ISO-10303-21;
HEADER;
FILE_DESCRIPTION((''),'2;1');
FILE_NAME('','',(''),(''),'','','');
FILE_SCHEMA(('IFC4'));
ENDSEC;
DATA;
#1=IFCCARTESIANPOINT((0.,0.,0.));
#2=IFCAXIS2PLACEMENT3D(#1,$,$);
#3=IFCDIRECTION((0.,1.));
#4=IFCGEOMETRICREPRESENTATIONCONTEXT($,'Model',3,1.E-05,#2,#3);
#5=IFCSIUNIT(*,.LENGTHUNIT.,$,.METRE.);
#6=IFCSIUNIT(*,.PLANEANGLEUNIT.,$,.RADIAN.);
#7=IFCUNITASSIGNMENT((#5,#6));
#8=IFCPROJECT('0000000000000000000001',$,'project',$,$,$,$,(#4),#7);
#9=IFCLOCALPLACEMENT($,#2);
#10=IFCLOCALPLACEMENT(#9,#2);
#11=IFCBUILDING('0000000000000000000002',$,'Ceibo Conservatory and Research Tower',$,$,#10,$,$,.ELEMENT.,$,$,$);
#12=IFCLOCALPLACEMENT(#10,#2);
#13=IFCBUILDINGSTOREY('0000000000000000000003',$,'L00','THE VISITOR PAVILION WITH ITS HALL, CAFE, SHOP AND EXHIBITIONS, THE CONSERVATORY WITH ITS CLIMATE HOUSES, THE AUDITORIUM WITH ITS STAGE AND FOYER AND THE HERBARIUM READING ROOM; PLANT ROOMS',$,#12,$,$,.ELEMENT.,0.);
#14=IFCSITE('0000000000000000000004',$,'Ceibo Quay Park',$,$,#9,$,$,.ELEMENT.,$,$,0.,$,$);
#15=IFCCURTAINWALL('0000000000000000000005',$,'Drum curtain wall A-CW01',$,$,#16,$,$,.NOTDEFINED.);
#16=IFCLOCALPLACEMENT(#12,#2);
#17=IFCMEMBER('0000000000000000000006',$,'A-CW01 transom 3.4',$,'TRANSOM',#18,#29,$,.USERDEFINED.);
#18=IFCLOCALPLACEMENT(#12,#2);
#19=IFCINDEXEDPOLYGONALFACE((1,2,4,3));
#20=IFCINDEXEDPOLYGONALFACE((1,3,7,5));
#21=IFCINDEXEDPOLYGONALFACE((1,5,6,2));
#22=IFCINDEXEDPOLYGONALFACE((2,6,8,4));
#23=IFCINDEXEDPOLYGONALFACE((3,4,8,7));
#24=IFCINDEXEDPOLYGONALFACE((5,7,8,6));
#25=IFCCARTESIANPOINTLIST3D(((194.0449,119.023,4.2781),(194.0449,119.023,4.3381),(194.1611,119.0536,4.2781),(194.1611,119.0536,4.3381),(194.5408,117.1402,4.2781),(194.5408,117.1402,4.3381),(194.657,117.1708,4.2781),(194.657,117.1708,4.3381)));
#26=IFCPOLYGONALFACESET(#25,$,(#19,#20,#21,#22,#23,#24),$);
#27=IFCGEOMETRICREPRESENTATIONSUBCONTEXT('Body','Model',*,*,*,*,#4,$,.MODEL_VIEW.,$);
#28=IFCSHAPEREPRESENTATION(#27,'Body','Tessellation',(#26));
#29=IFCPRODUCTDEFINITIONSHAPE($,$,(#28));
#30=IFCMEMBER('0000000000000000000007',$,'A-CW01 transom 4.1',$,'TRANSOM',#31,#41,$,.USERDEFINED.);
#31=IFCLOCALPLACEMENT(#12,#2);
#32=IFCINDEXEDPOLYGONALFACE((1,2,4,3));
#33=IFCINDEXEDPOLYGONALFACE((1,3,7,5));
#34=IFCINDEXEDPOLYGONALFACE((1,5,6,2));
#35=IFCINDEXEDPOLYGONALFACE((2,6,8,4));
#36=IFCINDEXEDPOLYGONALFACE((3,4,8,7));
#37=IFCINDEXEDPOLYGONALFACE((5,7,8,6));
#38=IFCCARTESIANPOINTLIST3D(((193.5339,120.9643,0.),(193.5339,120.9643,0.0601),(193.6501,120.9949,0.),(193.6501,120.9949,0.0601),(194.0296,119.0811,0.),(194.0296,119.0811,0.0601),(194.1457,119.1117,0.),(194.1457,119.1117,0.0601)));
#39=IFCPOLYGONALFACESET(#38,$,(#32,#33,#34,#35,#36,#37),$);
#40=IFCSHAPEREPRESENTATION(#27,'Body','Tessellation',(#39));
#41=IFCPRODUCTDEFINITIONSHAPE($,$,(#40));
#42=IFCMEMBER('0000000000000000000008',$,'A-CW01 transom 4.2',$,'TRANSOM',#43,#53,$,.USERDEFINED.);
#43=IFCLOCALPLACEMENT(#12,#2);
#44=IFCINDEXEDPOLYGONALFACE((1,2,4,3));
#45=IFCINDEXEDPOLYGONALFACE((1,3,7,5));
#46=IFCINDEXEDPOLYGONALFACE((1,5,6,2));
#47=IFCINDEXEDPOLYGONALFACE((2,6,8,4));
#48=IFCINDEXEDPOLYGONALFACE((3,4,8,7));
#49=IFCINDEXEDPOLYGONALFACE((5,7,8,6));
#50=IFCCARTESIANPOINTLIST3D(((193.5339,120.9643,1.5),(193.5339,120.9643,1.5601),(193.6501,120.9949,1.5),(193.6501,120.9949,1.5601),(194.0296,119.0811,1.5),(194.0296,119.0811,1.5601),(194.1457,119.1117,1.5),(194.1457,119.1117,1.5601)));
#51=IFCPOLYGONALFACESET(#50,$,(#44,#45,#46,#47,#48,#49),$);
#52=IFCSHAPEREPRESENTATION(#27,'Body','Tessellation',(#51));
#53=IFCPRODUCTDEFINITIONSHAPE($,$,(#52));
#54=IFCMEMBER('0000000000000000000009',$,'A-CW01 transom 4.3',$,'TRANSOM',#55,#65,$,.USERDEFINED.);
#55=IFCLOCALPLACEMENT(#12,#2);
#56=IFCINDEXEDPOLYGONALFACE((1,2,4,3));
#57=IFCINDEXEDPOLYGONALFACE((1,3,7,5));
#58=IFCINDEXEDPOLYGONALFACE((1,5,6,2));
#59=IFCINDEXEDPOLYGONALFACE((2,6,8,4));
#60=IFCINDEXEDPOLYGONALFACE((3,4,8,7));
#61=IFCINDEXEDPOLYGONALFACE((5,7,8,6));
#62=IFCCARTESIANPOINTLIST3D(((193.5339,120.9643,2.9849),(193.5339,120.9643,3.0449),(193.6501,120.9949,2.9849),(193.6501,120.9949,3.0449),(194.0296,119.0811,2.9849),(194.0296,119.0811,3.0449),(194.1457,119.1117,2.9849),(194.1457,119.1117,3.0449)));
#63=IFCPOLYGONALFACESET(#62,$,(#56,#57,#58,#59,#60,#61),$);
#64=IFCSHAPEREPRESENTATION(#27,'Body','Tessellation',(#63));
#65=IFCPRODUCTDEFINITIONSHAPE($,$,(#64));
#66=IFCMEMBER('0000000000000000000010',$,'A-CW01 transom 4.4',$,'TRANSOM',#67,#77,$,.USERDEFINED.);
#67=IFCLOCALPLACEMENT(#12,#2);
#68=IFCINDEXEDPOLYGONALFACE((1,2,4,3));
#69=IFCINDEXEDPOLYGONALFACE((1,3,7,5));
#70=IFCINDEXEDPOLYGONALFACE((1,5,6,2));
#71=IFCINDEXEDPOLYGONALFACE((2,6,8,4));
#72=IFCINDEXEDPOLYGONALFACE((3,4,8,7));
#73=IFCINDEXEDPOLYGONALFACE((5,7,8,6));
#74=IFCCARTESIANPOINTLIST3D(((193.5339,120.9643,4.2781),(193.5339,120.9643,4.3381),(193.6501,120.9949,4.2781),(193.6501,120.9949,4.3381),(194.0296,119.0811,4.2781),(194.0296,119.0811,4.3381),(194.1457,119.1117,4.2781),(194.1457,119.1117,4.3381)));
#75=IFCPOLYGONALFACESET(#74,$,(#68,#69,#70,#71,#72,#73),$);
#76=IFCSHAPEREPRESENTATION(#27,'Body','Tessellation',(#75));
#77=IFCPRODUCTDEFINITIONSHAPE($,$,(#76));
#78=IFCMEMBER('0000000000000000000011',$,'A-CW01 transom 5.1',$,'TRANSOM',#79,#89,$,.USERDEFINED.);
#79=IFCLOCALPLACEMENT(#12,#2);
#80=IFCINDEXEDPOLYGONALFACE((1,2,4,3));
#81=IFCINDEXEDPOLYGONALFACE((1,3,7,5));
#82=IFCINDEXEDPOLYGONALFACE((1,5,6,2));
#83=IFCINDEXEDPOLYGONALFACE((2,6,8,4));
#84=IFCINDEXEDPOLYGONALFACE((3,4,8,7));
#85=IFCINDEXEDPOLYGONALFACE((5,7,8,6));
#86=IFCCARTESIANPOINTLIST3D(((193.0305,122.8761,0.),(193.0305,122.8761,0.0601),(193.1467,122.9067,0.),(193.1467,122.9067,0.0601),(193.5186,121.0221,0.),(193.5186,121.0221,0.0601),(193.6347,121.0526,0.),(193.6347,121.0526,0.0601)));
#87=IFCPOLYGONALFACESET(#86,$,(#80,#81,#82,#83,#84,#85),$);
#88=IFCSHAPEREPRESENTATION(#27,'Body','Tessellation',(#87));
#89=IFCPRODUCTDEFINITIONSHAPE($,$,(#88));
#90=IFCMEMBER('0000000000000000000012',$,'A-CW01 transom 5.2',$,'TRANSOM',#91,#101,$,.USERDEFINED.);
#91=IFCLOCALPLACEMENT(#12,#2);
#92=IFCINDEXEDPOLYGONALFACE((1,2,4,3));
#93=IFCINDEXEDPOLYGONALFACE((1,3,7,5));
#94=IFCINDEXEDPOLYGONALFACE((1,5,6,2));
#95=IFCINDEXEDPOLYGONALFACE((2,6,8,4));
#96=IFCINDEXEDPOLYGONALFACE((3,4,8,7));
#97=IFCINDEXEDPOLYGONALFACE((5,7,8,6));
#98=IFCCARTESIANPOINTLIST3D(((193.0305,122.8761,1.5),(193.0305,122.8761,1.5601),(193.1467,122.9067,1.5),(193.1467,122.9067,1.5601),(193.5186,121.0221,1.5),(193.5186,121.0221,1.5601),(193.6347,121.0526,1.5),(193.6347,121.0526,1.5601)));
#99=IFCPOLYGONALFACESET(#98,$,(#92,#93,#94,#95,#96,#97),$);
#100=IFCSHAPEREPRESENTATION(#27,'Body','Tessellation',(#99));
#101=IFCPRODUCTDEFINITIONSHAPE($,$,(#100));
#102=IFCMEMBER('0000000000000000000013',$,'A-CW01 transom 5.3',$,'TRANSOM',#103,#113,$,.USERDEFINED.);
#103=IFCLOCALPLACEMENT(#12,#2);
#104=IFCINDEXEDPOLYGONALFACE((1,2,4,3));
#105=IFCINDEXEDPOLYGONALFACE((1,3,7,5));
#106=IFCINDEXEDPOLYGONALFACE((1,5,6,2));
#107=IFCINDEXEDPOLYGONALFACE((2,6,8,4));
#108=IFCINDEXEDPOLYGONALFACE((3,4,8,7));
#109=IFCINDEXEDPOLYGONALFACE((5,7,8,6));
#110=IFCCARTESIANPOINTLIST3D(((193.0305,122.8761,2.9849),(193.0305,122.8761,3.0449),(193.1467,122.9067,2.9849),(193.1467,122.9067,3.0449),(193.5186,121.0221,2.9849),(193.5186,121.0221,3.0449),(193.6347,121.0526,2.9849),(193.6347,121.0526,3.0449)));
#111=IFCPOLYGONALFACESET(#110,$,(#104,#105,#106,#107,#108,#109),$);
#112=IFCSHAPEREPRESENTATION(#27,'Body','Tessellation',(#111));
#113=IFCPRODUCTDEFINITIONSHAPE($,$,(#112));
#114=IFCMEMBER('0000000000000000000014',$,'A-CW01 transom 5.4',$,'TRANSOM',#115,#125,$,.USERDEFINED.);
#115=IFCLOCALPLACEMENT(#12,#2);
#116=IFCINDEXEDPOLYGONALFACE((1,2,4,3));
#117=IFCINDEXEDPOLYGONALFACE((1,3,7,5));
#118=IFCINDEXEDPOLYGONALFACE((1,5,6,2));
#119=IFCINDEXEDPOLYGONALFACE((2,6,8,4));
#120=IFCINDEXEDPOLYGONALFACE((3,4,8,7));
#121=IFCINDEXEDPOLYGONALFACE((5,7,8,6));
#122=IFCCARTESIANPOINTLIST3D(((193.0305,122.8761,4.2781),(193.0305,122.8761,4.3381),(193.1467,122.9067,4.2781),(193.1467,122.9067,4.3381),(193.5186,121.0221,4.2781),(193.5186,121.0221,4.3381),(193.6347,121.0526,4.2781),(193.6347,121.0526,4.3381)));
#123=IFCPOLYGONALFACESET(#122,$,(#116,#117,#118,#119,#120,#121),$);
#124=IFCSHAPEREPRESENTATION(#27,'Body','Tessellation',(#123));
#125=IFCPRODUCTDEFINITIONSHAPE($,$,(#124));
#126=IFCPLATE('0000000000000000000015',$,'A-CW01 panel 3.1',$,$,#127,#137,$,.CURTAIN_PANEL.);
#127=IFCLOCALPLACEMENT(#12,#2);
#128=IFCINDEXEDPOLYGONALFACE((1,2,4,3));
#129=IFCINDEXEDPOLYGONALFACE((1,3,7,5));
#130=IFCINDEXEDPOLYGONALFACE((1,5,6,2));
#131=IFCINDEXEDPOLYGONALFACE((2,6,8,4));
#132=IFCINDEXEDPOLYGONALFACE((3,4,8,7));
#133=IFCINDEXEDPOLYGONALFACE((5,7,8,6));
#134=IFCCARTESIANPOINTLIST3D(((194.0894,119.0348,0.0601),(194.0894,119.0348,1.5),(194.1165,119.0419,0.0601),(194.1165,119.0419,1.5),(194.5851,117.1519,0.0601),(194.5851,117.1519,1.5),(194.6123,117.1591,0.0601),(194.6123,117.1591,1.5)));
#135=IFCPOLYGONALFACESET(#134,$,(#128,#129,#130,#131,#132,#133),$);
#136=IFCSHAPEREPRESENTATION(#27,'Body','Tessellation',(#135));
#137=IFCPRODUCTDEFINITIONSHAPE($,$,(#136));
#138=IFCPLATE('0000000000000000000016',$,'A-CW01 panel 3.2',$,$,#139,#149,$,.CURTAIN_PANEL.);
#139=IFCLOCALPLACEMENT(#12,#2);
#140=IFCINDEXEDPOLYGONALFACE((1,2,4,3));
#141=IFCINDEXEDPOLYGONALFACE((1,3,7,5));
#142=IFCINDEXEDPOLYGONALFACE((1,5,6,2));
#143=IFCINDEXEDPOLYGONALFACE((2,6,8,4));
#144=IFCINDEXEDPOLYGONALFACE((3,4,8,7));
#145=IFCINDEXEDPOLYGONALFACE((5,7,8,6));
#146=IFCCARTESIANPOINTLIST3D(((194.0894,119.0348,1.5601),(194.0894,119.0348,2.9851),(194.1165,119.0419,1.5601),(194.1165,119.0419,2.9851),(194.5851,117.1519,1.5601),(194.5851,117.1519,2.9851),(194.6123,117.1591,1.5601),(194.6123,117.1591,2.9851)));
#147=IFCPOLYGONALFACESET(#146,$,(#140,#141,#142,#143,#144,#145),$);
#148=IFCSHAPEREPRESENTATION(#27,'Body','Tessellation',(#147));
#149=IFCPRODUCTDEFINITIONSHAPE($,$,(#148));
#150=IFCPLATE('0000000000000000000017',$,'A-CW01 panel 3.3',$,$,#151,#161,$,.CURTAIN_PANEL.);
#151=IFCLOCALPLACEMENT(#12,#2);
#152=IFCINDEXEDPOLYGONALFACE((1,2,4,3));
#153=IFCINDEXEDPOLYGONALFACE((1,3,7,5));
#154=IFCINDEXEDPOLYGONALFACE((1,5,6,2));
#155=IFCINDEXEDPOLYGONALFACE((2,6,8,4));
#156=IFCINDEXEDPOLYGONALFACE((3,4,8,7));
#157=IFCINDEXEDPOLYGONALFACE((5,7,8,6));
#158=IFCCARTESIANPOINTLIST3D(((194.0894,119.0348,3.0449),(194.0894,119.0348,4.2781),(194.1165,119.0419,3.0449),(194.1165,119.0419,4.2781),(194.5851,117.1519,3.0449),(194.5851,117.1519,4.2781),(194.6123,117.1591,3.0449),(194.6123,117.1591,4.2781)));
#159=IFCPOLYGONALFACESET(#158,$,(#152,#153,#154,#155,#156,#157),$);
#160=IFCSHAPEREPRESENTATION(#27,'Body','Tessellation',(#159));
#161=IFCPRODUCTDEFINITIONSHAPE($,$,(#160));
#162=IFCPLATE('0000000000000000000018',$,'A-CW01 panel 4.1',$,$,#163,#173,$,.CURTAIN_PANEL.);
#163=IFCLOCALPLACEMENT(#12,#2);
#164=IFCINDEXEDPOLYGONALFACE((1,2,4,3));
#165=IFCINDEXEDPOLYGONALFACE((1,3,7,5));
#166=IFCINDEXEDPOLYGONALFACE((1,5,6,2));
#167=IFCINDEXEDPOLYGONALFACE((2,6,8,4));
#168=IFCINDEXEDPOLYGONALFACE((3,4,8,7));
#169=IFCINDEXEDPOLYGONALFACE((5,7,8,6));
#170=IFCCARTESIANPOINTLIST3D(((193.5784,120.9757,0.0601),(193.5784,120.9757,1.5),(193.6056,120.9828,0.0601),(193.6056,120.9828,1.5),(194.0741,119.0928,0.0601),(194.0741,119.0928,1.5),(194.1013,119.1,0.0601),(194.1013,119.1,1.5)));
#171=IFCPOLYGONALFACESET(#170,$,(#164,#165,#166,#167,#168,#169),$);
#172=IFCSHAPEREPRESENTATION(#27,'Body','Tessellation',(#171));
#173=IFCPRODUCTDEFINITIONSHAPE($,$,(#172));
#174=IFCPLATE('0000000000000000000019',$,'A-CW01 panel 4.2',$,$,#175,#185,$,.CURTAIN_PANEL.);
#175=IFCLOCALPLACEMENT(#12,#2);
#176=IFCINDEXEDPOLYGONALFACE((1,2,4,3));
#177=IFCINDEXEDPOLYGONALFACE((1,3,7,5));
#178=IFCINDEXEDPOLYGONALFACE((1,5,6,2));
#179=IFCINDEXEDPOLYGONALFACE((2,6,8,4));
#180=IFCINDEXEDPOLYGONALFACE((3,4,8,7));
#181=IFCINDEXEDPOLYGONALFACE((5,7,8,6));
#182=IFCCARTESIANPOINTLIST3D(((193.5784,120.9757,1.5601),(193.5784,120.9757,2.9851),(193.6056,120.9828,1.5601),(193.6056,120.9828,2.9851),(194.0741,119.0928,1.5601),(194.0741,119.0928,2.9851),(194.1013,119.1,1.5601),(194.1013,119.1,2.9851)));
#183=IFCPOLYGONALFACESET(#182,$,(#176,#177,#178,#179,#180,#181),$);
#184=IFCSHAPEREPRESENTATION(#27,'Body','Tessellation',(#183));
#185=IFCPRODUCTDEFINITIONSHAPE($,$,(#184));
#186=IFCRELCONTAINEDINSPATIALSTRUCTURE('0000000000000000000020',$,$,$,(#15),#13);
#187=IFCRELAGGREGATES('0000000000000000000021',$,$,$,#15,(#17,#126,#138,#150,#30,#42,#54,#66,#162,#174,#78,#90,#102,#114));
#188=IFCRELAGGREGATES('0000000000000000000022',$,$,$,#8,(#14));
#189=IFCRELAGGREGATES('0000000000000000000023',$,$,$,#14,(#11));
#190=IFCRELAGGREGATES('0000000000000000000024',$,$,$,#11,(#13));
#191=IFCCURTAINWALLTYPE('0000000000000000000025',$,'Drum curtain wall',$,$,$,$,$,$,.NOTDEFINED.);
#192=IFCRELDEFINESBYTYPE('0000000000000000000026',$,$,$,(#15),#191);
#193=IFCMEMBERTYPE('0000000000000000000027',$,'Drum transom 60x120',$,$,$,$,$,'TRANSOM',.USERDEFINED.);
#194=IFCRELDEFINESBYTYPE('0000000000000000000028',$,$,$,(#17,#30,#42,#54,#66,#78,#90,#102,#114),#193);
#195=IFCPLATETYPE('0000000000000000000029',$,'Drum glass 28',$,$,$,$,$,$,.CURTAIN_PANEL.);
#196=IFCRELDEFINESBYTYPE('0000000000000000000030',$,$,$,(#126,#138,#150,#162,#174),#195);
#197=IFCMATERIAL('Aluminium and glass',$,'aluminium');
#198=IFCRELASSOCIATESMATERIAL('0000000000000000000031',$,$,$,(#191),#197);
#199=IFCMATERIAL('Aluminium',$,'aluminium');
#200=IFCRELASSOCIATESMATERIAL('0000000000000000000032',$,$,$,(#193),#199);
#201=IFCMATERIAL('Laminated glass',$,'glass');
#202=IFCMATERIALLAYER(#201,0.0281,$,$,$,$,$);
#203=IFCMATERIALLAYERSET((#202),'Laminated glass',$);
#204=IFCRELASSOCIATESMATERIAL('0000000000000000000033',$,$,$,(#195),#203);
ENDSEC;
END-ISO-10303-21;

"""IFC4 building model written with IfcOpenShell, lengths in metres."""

from ifc_helpers import new_model, si_unit, direction, frame, origin, origin_2d, place, context, subcontext, project, spatial, rectangle, extrude, material, layer, layer_set, material_profile, profile_set, type_object, element, aggregate, save


model = new_model("IFC4")

# Units and contexts
model_context = context("Model", 3, precision=1e-05, world=origin(), true_north=direction((0.0, 1.0)))
body_context = subcontext(model_context, "Body", "Model", "MODEL_VIEW")
ifc_project = project(units=[si_unit("LENGTHUNIT", "METRE"), si_unit("PLANEANGLEUNIT", "RADIAN")], contexts=[model_context])

# Site, building, storey
site_placement = place(None, origin())
site = spatial("IfcSite", under=ifc_project, at=site_placement, Name="Ceibo Quay Park", CompositionType="ELEMENT", RefElevation=0.0)
building_placement = place(site_placement, origin())
building = spatial("IfcBuilding", under=site, at=building_placement, Name="Ceibo Conservatory and Research Tower", CompositionType="ELEMENT")
storey_placement = place(building_placement, origin())
storey = spatial("IfcBuildingStorey", under=building, at=storey_placement, Name="L00", Description="THE VISITOR PAVILION WITH ITS HALL, CAFE, SHOP AND EXHIBITIONS, THE CONSERVATORY WITH ITS CLIMATE HOUSES, THE AUDITORIUM WITH ITS STAGE AND FOYER AND THE HERBARIUM READING ROOM; PLANT ROOMS", CompositionType="ELEMENT", Elevation=0.0)

# Curtain wall, members, plates
ifc_material_1 = material(Name="Aluminium and glass", Category="aluminium")
curtain_wall_type = type_object("IfcCurtainWallType", Name="Drum curtain wall", PredefinedType="NOTDEFINED", material=ifc_material_1)
curtain_wall_placement = place(storey_placement, origin())
curtain_wall = element("IfcCurtainWall", 1, at=curtain_wall_placement, inside=storey, type_object=curtain_wall_type, Name="Drum curtain wall A-CW01", PredefinedType="NOTDEFINED")
ifc_material_2 = material(Name="Aluminium", Category="aluminium")
ifc_material_profile_1 = material_profile(ifc_material_2, rectangle(XDim=0.1201, YDim=0.0601, at=origin_2d()), Name="AL 60x120")
ifc_profile_set_1 = profile_set([ifc_material_profile_1], Name="Aluminium")
member_type_1 = type_object("IfcMemberType", Name="Drum transom 60x120", ElementType="TRANSOM", PredefinedType="USERDEFINED", material=ifc_profile_set_1)
member_1_placement = place(storey_placement, frame((194.5989, 117.1555, 4.3081), z_axis=(-0.254672, 0.967027, 0.0), x_axis=(-0.967027, -0.254672, 0.0)))
member_1 = element("IfcMember", 2, at=member_1_placement, type_object=member_type_1, Name="A-CW01 transom 3.4", ObjectType="TRANSOM", PredefinedType="USERDEFINED", context=body_context, shape_type="SweptSolid", body=[
    extrude(rectangle(XDim=0.1201, YDim=0.0601, at=origin_2d()), origin(), (0.0, 0.0, 1.0), 1.947),
])
member_2_placement = place(storey_placement, frame((194.0876, 119.0964, 0.03), z_axis=(-0.254524, 0.967066, 0.0), x_axis=(-0.967066, -0.254524, 0.0)))
member_2 = element("IfcMember", 3, at=member_2_placement, type_object=member_type_1, Name="A-CW01 transom 4.1", ObjectType="TRANSOM", PredefinedType="USERDEFINED", context=body_context, shape_type="SweptSolid", body=[
    extrude(rectangle(XDim=0.1201, YDim=0.0601, at=origin_2d()), origin(), (0.0, 0.0, 1.0), 1.9473),
])
member_3_placement = place(storey_placement, frame((194.0876, 119.0964, 1.53), z_axis=(-0.254524, 0.967066, 0.0), x_axis=(-0.967066, -0.254524, 0.0)))
member_3 = element("IfcMember", 4, at=member_3_placement, type_object=member_type_1, Name="A-CW01 transom 4.2", ObjectType="TRANSOM", PredefinedType="USERDEFINED", context=body_context, shape_type="SweptSolid", body=[
    extrude(rectangle(XDim=0.1201, YDim=0.0601, at=origin_2d()), origin(), (0.0, 0.0, 1.0), 1.9473),
])
member_4_placement = place(storey_placement, frame((194.0876, 119.0964, 3.0149), z_axis=(-0.254524, 0.967066, 0.0), x_axis=(-0.967066, -0.254524, 0.0)))
member_4 = element("IfcMember", 5, at=member_4_placement, type_object=member_type_1, Name="A-CW01 transom 4.3", ObjectType="TRANSOM", PredefinedType="USERDEFINED", context=body_context, shape_type="SweptSolid", body=[
    extrude(rectangle(XDim=0.1201, YDim=0.0601, at=origin_2d()), origin(), (0.0, 0.0, 1.0), 1.9473),
])
member_5_placement = place(storey_placement, frame((194.0876, 119.0964, 4.3081), z_axis=(-0.254524, 0.967066, 0.0), x_axis=(-0.967066, -0.254524, 0.0)))
member_5 = element("IfcMember", 6, at=member_5_placement, type_object=member_type_1, Name="A-CW01 transom 4.4", ObjectType="TRANSOM", PredefinedType="USERDEFINED", context=body_context, shape_type="SweptSolid", body=[
    extrude(rectangle(XDim=0.1201, YDim=0.0601, at=origin_2d()), origin(), (0.0, 0.0, 1.0), 1.9473),
])
member_6_placement = place(storey_placement, frame((193.5767, 121.0374, 0.03), z_axis=(-0.254562, 0.967056, 0.0), x_axis=(-0.967056, -0.254562, 0.0)))
member_6 = element("IfcMember", 7, at=member_6_placement, type_object=member_type_1, Name="A-CW01 transom 5.1", ObjectType="TRANSOM", PredefinedType="USERDEFINED", context=body_context, shape_type="SweptSolid", body=[
    extrude(rectangle(XDim=0.1201, YDim=0.0601, at=origin_2d()), origin(), (0.0, 0.0, 1.0), 1.9172),
])
member_7_placement = place(storey_placement, frame((193.5767, 121.0374, 1.53), z_axis=(-0.254562, 0.967056, 0.0), x_axis=(-0.967056, -0.254562, 0.0)))
member_7 = element("IfcMember", 8, at=member_7_placement, type_object=member_type_1, Name="A-CW01 transom 5.2", ObjectType="TRANSOM", PredefinedType="USERDEFINED", context=body_context, shape_type="SweptSolid", body=[
    extrude(rectangle(XDim=0.1201, YDim=0.0601, at=origin_2d()), origin(), (0.0, 0.0, 1.0), 1.9172),
])
member_8_placement = place(storey_placement, frame((193.5767, 121.0374, 3.0149), z_axis=(-0.254562, 0.967056, 0.0), x_axis=(-0.967056, -0.254562, 0.0)))
member_8 = element("IfcMember", 9, at=member_8_placement, type_object=member_type_1, Name="A-CW01 transom 5.3", ObjectType="TRANSOM", PredefinedType="USERDEFINED", context=body_context, shape_type="SweptSolid", body=[
    extrude(rectangle(XDim=0.1201, YDim=0.0601, at=origin_2d()), origin(), (0.0, 0.0, 1.0), 1.9172),
])
member_9_placement = place(storey_placement, frame((193.5767, 121.0374, 4.3081), z_axis=(-0.254562, 0.967056, 0.0), x_axis=(-0.967056, -0.254562, 0.0)))
member_9 = element("IfcMember", 10, at=member_9_placement, type_object=member_type_1, Name="A-CW01 transom 5.4", ObjectType="TRANSOM", PredefinedType="USERDEFINED", context=body_context, shape_type="SweptSolid", body=[
    extrude(rectangle(XDim=0.1201, YDim=0.0601, at=origin_2d()), origin(), (0.0, 0.0, 1.0), 1.9172),
])
ifc_material_3 = material(Name="Laminated glass", Category="glass")
ifc_layer_1 = layer(ifc_material_3, 0.0281)
ifc_layer_set_1 = layer_set([ifc_layer_1], Name="Laminated glass")
plate_type_1 = type_object("IfcPlateType", Name="Drum glass 28", PredefinedType="CURTAIN_PANEL", material=ifc_layer_set_1)
plate_1_placement = place(storey_placement, frame((194.3508, 118.0969, 0.0601), z_axis=(0.0, 0.0, 1.0), x_axis=(-0.254602, 0.967046, 0.0)))
plate_1 = element("IfcPlate", 11, at=plate_1_placement, type_object=plate_type_1, Name="A-CW01 panel 3.1", PredefinedType="CURTAIN_PANEL", context=body_context, shape_type="SweptSolid", body=[
    extrude(rectangle(XDim=1.947, YDim=0.0281, at=origin_2d()), origin(), (0.0, 0.0, 1.0), 1.4399),
])
plate_2_placement = place(storey_placement, frame((194.3508, 118.0969, 1.5601), z_axis=(0.0, 0.0, 1.0), x_axis=(-0.254602, 0.967046, 0.0)))
plate_2 = element("IfcPlate", 12, at=plate_2_placement, type_object=plate_type_1, Name="A-CW01 panel 3.2", PredefinedType="CURTAIN_PANEL", context=body_context, shape_type="SweptSolid", body=[
    extrude(rectangle(XDim=1.947, YDim=0.0281, at=origin_2d()), origin(), (0.0, 0.0, 1.0), 1.425),
])
plate_3_placement = place(storey_placement, frame((194.3508, 118.0969, 3.0449), z_axis=(0.0, 0.0, 1.0), x_axis=(-0.254602, 0.967046, 0.0)))
plate_3 = element("IfcPlate", 13, at=plate_3_placement, type_object=plate_type_1, Name="A-CW01 panel 3.3", PredefinedType="CURTAIN_PANEL", context=body_context, shape_type="SweptSolid", body=[
    extrude(rectangle(XDim=1.947, YDim=0.0281, at=origin_2d()), origin(), (0.0, 0.0, 1.0), 1.2332),
])
plate_4_placement = place(storey_placement, frame((193.8398, 120.0378, 0.0601), z_axis=(0.0, 0.0, 1.0), x_axis=(-0.254602, 0.967046, 0.0)))
plate_4 = element("IfcPlate", 14, at=plate_4_placement, type_object=plate_type_1, Name="A-CW01 panel 4.1", PredefinedType="CURTAIN_PANEL", context=body_context, shape_type="SweptSolid", body=[
    extrude(rectangle(XDim=1.947, YDim=0.0281, at=origin_2d()), origin(), (0.0, 0.0, 1.0), 1.4399),
])
plate_5_placement = place(storey_placement, frame((193.8398, 120.0378, 1.5601), z_axis=(0.0, 0.0, 1.0), x_axis=(-0.254602, 0.967046, 0.0)))
plate_5 = element("IfcPlate", 15, at=plate_5_placement, type_object=plate_type_1, Name="A-CW01 panel 4.2", PredefinedType="CURTAIN_PANEL", context=body_context, shape_type="SweptSolid", body=[
    extrude(rectangle(XDim=1.947, YDim=0.0281, at=origin_2d()), origin(), (0.0, 0.0, 1.0), 1.425),
])
aggregate(curtain_wall, [member_1, plate_1, plate_2, plate_3, member_2, member_3, member_4, member_5, plate_4, plate_5, member_6, member_7, member_8, member_9])

save(model, "model.ifc")
